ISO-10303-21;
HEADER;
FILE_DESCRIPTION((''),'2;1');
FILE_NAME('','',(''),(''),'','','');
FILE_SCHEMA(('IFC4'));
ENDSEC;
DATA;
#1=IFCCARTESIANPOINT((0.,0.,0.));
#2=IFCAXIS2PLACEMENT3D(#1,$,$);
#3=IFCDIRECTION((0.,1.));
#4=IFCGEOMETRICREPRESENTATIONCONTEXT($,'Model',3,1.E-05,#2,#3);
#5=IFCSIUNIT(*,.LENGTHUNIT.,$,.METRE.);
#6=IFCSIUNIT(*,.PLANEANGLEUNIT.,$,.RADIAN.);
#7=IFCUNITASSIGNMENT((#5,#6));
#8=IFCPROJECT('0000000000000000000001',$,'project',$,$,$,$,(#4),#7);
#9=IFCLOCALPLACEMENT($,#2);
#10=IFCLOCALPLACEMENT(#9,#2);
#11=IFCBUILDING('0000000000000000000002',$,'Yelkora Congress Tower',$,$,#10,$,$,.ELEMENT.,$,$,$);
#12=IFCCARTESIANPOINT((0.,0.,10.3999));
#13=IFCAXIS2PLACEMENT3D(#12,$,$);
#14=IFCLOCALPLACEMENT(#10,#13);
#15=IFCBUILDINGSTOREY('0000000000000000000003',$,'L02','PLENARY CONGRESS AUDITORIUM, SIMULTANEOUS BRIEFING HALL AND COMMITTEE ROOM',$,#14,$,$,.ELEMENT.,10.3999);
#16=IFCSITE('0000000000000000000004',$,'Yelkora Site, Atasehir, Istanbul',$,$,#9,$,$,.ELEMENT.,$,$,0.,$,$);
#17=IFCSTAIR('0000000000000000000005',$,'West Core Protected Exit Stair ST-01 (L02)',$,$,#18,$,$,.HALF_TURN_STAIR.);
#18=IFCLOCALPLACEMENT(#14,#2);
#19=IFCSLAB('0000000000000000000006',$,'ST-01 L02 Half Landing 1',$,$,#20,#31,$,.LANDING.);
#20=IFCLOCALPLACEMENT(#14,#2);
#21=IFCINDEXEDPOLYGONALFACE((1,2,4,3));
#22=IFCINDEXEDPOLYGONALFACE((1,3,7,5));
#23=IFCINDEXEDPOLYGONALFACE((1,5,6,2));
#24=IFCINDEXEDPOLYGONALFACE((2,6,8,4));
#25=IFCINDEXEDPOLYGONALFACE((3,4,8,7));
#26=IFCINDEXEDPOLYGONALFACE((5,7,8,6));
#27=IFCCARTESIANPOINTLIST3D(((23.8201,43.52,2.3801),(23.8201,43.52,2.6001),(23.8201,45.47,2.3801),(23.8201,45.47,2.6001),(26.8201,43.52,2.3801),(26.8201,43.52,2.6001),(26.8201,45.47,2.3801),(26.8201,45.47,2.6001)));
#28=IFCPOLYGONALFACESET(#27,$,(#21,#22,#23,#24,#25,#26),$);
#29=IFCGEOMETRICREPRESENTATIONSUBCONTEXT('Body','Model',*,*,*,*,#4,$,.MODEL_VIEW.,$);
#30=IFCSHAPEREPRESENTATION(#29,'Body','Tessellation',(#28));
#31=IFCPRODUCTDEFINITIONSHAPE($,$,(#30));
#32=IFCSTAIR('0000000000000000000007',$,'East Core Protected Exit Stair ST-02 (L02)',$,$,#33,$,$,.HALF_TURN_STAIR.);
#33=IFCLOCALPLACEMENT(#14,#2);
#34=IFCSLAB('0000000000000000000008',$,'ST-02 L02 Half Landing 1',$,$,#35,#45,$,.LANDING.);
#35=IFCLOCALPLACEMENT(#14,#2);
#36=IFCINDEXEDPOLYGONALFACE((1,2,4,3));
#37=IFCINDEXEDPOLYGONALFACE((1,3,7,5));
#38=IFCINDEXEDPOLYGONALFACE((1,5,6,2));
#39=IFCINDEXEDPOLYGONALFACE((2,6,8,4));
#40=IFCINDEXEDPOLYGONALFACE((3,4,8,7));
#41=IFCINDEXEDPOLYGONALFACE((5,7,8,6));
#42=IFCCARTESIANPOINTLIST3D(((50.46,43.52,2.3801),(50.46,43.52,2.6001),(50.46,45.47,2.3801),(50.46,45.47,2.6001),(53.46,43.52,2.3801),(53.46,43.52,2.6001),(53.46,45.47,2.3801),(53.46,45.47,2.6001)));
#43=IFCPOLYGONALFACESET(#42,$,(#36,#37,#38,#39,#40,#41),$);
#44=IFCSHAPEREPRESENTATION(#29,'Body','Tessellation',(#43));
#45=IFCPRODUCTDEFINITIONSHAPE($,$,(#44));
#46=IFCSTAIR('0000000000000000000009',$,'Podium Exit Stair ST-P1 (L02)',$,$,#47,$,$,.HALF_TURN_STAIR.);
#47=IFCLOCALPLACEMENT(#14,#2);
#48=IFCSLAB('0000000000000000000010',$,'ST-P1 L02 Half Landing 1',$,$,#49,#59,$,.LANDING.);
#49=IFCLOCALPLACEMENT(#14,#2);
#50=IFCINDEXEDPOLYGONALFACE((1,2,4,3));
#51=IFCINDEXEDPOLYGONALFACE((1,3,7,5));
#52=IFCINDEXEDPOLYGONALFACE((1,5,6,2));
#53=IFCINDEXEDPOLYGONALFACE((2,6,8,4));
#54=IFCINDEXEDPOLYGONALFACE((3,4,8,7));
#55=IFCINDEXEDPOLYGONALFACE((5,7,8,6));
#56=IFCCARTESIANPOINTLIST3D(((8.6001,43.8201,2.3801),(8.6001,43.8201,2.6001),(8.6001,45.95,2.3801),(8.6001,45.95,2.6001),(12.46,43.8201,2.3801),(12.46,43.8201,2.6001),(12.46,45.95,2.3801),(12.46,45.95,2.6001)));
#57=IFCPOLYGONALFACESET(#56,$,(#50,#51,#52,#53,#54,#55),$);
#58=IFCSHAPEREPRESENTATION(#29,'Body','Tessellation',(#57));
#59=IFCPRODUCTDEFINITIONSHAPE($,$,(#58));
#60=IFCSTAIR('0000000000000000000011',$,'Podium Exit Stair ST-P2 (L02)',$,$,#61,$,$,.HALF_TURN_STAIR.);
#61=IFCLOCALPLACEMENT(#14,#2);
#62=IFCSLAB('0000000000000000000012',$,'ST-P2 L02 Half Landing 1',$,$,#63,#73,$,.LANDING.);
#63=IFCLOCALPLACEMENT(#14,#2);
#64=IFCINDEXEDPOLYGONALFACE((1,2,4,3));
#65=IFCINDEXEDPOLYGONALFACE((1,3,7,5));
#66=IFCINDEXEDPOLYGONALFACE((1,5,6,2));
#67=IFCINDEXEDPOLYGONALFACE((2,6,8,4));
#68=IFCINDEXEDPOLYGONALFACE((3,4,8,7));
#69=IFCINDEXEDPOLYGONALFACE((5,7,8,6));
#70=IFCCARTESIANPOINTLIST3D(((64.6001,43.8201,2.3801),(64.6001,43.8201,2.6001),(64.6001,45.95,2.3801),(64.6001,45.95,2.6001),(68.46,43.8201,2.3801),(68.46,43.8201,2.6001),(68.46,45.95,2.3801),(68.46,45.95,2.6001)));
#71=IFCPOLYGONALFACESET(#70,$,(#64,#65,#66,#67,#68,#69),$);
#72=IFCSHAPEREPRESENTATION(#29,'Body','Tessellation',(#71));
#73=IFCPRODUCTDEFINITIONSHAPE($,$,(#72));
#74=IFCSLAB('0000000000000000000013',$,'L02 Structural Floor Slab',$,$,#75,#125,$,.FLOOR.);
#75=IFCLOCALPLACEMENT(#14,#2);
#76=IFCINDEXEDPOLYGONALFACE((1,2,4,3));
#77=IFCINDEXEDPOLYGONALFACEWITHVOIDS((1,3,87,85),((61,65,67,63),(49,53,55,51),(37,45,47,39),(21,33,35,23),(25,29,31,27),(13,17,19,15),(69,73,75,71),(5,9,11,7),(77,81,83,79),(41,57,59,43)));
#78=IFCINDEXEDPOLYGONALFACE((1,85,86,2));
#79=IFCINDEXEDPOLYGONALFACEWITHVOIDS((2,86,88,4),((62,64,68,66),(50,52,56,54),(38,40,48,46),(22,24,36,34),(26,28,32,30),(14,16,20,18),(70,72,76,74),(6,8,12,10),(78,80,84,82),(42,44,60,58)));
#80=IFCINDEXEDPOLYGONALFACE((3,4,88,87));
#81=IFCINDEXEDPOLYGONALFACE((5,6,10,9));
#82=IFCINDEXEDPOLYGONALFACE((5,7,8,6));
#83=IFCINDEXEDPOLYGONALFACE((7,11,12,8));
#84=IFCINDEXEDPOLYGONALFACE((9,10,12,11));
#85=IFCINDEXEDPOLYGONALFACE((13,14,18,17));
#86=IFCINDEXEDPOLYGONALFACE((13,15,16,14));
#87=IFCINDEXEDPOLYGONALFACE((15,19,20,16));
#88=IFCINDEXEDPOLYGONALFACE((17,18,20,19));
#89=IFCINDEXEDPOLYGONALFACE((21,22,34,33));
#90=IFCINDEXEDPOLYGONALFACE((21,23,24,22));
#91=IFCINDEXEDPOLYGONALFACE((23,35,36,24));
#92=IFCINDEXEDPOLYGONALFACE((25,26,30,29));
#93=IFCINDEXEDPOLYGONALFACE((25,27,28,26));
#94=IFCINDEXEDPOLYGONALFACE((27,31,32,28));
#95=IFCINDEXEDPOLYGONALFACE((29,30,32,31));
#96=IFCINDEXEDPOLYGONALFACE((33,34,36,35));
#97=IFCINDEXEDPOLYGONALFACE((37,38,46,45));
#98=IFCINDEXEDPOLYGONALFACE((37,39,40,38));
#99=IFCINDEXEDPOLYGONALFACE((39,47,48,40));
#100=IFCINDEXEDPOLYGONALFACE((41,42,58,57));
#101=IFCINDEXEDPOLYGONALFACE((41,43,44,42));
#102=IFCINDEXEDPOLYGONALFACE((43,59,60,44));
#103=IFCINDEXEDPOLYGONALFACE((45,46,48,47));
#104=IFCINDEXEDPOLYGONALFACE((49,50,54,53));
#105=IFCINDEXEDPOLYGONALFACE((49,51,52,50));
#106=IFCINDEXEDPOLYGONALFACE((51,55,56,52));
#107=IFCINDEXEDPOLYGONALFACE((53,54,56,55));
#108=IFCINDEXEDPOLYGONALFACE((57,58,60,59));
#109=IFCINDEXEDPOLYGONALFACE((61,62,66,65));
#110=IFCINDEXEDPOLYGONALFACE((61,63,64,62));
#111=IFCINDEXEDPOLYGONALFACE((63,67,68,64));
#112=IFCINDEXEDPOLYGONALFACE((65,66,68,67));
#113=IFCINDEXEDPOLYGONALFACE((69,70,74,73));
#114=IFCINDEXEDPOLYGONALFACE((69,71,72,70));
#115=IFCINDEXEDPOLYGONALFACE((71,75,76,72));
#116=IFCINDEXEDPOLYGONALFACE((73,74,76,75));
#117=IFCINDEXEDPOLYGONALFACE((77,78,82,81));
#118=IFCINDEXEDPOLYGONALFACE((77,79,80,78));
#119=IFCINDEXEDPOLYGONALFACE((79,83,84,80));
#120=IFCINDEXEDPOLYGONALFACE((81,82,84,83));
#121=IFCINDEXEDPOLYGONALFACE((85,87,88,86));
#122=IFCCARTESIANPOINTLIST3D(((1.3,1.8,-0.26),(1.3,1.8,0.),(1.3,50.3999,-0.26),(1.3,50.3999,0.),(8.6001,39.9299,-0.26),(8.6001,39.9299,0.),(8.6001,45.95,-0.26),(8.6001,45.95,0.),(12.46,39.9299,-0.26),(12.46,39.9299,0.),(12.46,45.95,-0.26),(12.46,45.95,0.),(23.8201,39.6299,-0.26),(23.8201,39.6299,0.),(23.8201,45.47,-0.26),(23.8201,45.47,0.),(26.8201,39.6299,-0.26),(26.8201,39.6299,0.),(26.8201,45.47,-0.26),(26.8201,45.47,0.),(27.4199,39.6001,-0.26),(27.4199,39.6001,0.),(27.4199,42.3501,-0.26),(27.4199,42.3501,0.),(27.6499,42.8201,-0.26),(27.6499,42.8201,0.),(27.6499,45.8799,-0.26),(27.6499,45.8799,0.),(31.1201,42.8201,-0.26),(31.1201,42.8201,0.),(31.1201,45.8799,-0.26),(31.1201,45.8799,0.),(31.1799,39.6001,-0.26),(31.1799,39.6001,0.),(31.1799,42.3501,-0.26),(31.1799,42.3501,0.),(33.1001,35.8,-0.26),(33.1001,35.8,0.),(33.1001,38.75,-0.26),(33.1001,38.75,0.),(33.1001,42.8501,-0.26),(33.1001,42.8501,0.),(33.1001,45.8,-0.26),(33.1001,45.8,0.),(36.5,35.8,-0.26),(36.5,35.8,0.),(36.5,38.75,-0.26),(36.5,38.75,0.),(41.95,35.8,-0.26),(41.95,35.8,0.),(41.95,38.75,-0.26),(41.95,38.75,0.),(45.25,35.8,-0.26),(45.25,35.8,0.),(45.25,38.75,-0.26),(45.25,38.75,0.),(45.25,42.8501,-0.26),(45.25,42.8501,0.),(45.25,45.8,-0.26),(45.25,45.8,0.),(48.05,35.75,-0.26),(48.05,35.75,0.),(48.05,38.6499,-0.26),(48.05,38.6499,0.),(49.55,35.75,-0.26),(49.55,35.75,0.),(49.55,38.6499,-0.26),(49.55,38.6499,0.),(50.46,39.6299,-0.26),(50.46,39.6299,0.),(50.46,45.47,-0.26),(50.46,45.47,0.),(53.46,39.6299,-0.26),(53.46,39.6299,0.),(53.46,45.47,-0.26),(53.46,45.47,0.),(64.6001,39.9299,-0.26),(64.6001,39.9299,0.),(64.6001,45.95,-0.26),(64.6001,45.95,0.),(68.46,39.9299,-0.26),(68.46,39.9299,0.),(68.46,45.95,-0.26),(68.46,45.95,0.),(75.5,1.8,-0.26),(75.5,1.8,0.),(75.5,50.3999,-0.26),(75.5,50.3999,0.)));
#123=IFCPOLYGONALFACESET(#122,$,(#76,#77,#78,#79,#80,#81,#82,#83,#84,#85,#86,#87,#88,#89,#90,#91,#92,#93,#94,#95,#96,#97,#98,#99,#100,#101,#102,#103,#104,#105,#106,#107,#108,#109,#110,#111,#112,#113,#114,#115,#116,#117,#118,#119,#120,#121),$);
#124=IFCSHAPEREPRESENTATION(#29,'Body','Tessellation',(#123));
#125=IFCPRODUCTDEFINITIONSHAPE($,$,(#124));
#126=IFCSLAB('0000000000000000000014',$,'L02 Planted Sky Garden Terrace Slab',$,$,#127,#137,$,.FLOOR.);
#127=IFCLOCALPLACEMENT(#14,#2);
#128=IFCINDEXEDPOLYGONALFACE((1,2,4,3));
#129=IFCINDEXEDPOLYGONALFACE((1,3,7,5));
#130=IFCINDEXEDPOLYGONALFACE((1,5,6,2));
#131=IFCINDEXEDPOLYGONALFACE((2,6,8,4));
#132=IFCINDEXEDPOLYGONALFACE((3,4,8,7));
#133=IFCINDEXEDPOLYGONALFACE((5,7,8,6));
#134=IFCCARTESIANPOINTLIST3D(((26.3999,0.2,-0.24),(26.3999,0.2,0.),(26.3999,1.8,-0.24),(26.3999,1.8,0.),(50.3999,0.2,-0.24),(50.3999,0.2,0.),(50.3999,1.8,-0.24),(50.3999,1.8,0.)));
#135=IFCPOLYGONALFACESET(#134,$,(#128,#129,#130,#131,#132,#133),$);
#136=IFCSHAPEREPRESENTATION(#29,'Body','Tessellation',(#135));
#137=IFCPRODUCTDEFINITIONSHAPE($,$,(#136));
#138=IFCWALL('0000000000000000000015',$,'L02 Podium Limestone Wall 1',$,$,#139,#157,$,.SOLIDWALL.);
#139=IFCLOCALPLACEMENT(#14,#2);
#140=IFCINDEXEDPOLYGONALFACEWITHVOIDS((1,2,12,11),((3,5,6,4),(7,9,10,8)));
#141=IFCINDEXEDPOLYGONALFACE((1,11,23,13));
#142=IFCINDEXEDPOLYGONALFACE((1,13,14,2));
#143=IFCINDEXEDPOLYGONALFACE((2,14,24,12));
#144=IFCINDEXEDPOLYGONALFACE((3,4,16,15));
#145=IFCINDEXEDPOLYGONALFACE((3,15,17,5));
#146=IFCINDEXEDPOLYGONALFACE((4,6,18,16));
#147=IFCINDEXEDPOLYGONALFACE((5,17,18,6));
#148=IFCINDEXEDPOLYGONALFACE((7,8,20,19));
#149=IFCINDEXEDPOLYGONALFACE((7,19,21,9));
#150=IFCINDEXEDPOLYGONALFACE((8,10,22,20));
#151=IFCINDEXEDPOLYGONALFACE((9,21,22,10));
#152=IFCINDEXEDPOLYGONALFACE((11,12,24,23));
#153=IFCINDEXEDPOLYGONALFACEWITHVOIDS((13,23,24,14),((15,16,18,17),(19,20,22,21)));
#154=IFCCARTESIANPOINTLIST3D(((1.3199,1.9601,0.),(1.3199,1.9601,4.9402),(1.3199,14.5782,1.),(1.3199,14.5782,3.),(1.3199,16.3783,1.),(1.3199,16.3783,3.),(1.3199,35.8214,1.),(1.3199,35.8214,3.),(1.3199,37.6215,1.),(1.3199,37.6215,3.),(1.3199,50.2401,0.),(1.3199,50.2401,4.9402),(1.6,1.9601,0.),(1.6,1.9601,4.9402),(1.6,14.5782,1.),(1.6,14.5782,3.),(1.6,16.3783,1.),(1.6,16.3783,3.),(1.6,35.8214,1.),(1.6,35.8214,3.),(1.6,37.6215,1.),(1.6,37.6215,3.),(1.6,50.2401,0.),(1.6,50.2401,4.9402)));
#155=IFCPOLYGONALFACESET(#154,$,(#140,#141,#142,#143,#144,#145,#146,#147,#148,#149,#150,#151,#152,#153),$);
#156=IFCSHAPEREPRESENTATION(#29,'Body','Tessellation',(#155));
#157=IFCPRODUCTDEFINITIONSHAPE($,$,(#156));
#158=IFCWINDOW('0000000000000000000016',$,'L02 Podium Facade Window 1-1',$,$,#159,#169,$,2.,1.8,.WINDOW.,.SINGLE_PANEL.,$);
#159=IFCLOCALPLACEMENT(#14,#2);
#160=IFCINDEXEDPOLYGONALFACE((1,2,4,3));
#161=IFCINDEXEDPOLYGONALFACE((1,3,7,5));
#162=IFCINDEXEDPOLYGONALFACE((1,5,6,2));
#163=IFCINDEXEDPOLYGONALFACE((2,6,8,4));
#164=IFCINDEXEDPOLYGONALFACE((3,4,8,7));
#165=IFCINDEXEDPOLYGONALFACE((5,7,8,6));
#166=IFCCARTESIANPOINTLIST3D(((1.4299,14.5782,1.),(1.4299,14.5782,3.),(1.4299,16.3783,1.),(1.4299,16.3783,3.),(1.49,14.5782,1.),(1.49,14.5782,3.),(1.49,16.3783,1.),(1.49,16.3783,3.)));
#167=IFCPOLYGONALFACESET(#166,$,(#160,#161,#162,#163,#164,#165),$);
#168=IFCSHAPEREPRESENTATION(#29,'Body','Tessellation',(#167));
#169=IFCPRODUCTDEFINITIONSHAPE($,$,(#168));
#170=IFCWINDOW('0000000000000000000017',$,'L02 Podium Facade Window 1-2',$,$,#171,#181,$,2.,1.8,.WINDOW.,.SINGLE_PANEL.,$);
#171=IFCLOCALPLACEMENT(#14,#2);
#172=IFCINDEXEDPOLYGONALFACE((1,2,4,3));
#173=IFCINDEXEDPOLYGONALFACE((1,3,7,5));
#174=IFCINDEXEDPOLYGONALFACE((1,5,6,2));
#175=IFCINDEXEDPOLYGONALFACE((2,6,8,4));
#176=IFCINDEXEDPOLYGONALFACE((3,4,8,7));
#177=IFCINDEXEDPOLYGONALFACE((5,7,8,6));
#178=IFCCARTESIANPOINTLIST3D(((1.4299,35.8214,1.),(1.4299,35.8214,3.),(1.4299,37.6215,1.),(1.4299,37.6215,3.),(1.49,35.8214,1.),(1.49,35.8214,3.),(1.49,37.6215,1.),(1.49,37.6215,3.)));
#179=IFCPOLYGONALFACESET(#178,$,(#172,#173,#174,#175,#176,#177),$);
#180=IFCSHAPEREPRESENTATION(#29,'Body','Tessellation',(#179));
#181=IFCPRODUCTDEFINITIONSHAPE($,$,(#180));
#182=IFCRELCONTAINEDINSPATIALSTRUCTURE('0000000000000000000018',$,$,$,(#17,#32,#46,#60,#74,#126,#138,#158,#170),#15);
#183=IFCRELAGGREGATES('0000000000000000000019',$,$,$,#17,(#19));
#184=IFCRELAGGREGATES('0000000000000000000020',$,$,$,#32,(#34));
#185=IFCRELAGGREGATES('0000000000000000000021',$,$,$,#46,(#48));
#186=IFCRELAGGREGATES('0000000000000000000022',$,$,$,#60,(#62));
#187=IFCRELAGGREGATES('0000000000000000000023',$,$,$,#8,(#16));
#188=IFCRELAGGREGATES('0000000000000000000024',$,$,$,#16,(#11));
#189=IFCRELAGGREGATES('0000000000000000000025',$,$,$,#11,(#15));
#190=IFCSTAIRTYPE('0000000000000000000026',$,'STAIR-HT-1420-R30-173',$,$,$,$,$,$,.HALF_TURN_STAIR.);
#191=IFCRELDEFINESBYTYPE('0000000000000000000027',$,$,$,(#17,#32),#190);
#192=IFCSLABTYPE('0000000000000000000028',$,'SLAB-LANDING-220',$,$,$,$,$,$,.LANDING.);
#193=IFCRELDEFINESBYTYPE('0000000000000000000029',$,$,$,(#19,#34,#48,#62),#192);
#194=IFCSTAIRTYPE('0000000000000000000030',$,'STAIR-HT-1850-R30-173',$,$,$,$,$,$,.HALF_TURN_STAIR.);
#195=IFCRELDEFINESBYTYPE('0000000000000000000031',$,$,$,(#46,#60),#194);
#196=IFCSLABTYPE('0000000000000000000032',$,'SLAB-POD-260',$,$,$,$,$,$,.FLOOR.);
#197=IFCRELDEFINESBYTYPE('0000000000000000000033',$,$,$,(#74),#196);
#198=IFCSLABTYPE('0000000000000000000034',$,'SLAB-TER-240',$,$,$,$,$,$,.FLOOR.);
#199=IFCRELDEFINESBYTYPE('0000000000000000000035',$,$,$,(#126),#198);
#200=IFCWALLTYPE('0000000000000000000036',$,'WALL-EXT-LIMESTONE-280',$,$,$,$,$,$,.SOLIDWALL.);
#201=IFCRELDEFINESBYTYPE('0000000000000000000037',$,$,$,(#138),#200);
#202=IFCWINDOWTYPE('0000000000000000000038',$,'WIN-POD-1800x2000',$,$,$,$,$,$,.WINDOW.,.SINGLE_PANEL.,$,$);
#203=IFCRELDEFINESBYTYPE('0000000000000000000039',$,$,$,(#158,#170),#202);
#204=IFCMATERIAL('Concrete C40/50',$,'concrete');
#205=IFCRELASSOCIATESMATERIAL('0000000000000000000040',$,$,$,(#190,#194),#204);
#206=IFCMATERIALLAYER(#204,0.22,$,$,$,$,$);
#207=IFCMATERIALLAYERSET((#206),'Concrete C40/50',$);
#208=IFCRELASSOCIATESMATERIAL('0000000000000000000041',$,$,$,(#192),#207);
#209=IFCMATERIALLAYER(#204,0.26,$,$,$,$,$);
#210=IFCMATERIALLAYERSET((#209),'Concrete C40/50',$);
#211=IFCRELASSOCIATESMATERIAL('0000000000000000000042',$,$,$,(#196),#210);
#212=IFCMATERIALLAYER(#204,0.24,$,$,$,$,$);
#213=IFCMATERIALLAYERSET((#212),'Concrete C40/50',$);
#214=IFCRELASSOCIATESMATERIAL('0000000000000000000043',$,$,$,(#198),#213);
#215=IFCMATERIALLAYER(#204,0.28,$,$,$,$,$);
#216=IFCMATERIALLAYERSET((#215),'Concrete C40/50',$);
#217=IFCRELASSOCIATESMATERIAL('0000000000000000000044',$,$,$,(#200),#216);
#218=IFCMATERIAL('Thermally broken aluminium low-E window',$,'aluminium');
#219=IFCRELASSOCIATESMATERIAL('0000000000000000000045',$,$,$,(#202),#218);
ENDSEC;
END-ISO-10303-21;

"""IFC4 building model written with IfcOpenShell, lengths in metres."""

from ifc_helpers import new_model, si_unit, direction, frame, frame_2d, origin, place, context, subcontext, project, spatial, polyline, rectangle, outline, extrude, material, layer, layer_set, type_object, element, fill, aggregate, save


model = new_model("IFC4")

# Units and contexts
model_context = context("Model", 3, precision=1e-05, world=origin(), true_north=direction((0.0, 1.0)))
body_context = subcontext(model_context, "Body", "Model", "MODEL_VIEW")
ifc_project = project(units=[si_unit("LENGTHUNIT", "METRE"), si_unit("PLANEANGLEUNIT", "RADIAN")], contexts=[model_context])

# Site, building, storey
site_placement = place(None, origin())
site = spatial("IfcSite", under=ifc_project, at=site_placement, Name="Yelkora Site, Atasehir, Istanbul", CompositionType="ELEMENT", RefElevation=0.0)
building_placement = place(site_placement, origin())
building = spatial("IfcBuilding", under=site, at=building_placement, Name="Yelkora Congress Tower", CompositionType="ELEMENT")
storey_placement = place(building_placement, frame((0.0, 0.0, 10.3999)))
storey = spatial("IfcBuildingStorey", under=building, at=storey_placement, Name="L02", Description="PLENARY CONGRESS AUDITORIUM, SIMULTANEOUS BRIEFING HALL AND COMMITTEE ROOM", CompositionType="ELEMENT", Elevation=10.3999)

# Stairs, slabs
ifc_material_1 = material(Name="Concrete C40/50", Category="concrete")
stair_type_1 = type_object("IfcStairType", Name="STAIR-HT-1420-R30-173", PredefinedType="HALF_TURN_STAIR", material=ifc_material_1)
stair_1_placement = place(storey_placement, origin())
stair_1 = element("IfcStair", 1, at=stair_1_placement, inside=storey, type_object=stair_type_1, Name="West Core Protected Exit Stair ST-01 (L02)", PredefinedType="HALF_TURN_STAIR")
ifc_layer_1 = layer(ifc_material_1, 0.22)
ifc_layer_set_1 = layer_set([ifc_layer_1], Name="Concrete C40/50")
slab_type_1 = type_object("IfcSlabType", Name="SLAB-LANDING-220", PredefinedType="LANDING", material=ifc_layer_set_1)
slab_1_placement = place(storey_placement, frame((0.0, 0.0, 2.3801)))
slab_1 = element("IfcSlab", 2, at=slab_1_placement, type_object=slab_type_1, Name="ST-01 L02 Half Landing 1", PredefinedType="LANDING", context=body_context, shape_type="SweptSolid", body=[
    extrude(outline(polyline([(26.8201, 43.52), (26.8201, 45.47), (23.8201, 45.47), (23.8201, 43.52), (26.8201, 43.52)])), origin(), (0.0, 0.0, 1.0), 0.22),
])
aggregate(stair_1, [slab_1])
stair_2_placement = place(storey_placement, origin())
stair_2 = element("IfcStair", 3, at=stair_2_placement, inside=storey, type_object=stair_type_1, Name="East Core Protected Exit Stair ST-02 (L02)", PredefinedType="HALF_TURN_STAIR")
slab_2_placement = place(storey_placement, frame((0.0, 0.0, 2.3801)))
slab_2 = element("IfcSlab", 4, at=slab_2_placement, type_object=slab_type_1, Name="ST-02 L02 Half Landing 1", PredefinedType="LANDING", context=body_context, shape_type="SweptSolid", body=[
    extrude(outline(polyline([(53.46, 43.52), (53.46, 45.47), (50.46, 45.47), (50.46, 43.52), (53.46, 43.52)])), origin(), (0.0, 0.0, 1.0), 0.22),
])
aggregate(stair_2, [slab_2])
stair_type_2 = type_object("IfcStairType", Name="STAIR-HT-1850-R30-173", PredefinedType="HALF_TURN_STAIR", material=ifc_material_1)
stair_3_placement = place(storey_placement, origin())
stair_3 = element("IfcStair", 5, at=stair_3_placement, inside=storey, type_object=stair_type_2, Name="Podium Exit Stair ST-P1 (L02)", PredefinedType="HALF_TURN_STAIR")
slab_3_placement = place(storey_placement, frame((0.0, 0.0, 2.3801)))
slab_3 = element("IfcSlab", 6, at=slab_3_placement, type_object=slab_type_1, Name="ST-P1 L02 Half Landing 1", PredefinedType="LANDING", context=body_context, shape_type="SweptSolid", body=[
    extrude(outline(polyline([(12.46, 43.8201), (12.46, 45.95), (8.6001, 45.95), (8.6001, 43.8201), (12.46, 43.8201)])), origin(), (0.0, 0.0, 1.0), 0.22),
])
aggregate(stair_3, [slab_3])
stair_4_placement = place(storey_placement, origin())
stair_4 = element("IfcStair", 7, at=stair_4_placement, inside=storey, type_object=stair_type_2, Name="Podium Exit Stair ST-P2 (L02)", PredefinedType="HALF_TURN_STAIR")
slab_4_placement = place(storey_placement, frame((0.0, 0.0, 2.3801)))
slab_4 = element("IfcSlab", 8, at=slab_4_placement, type_object=slab_type_1, Name="ST-P2 L02 Half Landing 1", PredefinedType="LANDING", context=body_context, shape_type="SweptSolid", body=[
    extrude(outline(polyline([(68.46, 43.8201), (68.46, 45.95), (64.6001, 45.95), (64.6001, 43.8201), (68.46, 43.8201)])), origin(), (0.0, 0.0, 1.0), 0.22),
])
aggregate(stair_4, [slab_4])

# Slabs
ifc_layer_2 = layer(ifc_material_1, 0.26)
ifc_layer_set_2 = layer_set([ifc_layer_2], Name="Concrete C40/50")
slab_type_2 = type_object("IfcSlabType", Name="SLAB-POD-260", PredefinedType="FLOOR", material=ifc_layer_set_2)
slab_5_placement = place(storey_placement, frame((0.0, 0.0, -0.26)))
element("IfcSlab", 9, at=slab_5_placement, inside=storey, type_object=slab_type_2, Name="L02 Structural Floor Slab", PredefinedType="FLOOR", context=body_context, shape_type="SweptSolid", body=[
    extrude(outline(polyline([(1.3, 1.8), (75.5, 1.8), (75.5, 50.3999), (1.3, 50.3999), (1.3, 1.8)]), holes=[polyline([(23.8201, 39.6299), (26.8201, 39.6299), (26.8201, 45.47), (23.8201, 45.47), (23.8201, 39.6299)]), polyline([(50.46, 39.6299), (53.46, 39.6299), (53.46, 45.47), (50.46, 45.47), (50.46, 39.6299)]), polyline([(8.6001, 39.9299), (12.46, 39.9299), (12.46, 45.95), (8.6001, 45.95), (8.6001, 39.9299)]), polyline([(64.6001, 39.9299), (68.46, 39.9299), (68.46, 45.95), (64.6001, 45.95), (64.6001, 39.9299)]), polyline([(48.05, 35.75), (49.55, 35.75), (49.55, 38.6499), (48.05, 38.6499), (48.05, 35.75)]), polyline([(41.95, 35.8), (45.25, 35.8), (45.25, 38.75), (41.95, 38.75), (41.95, 35.8)]), polyline([(33.1001, 42.8501), (45.25, 42.8501), (45.25, 45.8), (33.1001, 45.8), (33.1001, 42.8501)]), polyline([(33.1001, 35.8), (36.5, 35.8), (36.5, 38.75), (33.1001, 38.75), (33.1001, 35.8)]), polyline([(27.4199, 39.6001), (31.1799, 39.6001), (31.1799, 42.3501), (27.4199, 42.3501), (27.4199, 39.6001)]), polyline([(27.6499, 42.8201), (31.1201, 42.8201), (31.1201, 45.8799), (27.6499, 45.8799), (27.6499, 42.8201)])]), origin(), (0.0, 0.0, 1.0), 0.26),
])
ifc_layer_3 = layer(ifc_material_1, 0.24)
ifc_layer_set_3 = layer_set([ifc_layer_3], Name="Concrete C40/50")
slab_type_3 = type_object("IfcSlabType", Name="SLAB-TER-240", PredefinedType="FLOOR", material=ifc_layer_set_3)
slab_6_placement = place(storey_placement, frame((0.0, 0.0, -0.24)))
element("IfcSlab", 10, at=slab_6_placement, inside=storey, type_object=slab_type_3, Name="L02 Planted Sky Garden Terrace Slab", PredefinedType="FLOOR", context=body_context, shape_type="SweptSolid", body=[
    extrude(outline(polyline([(26.3999, 0.2), (26.3999, 1.8), (50.3999, 1.8), (50.3999, 0.2), (26.3999, 0.2)])), origin(), (0.0, 0.0, 1.0), 0.24),
])

# Wall, openings, windows
ifc_layer_4 = layer(ifc_material_1, 0.28)
ifc_layer_set_4 = layer_set([ifc_layer_4], Name="Concrete C40/50")
wall_type = type_object("IfcWallType", Name="WALL-EXT-LIMESTONE-280", PredefinedType="SOLIDWALL", material=ifc_layer_set_4)
wall_placement = place(storey_placement, frame((1.46, 1.96, 0.0), z_axis=(0.0, 0.0, 1.0), x_axis=(0.0, 1.0, 0.0)))
wall = element("IfcWall", 11, at=wall_placement, inside=storey, type_object=wall_type, Name="L02 Podium Limestone Wall 1", PredefinedType="SOLIDWALL", context=body_context, shape_type="SweptSolid", body=[
    extrude(rectangle(XDim=48.28, YDim=0.28, at=frame_2d((24.1401, 0.0))), origin(), (0.0, 0.0, 1.0), 4.9402),
])
opening_1_placement = place(wall_placement, frame((12.6184, 0.0, 1.0)))
opening_1 = element("IfcOpeningElement", 12, at=opening_1_placement, cuts=wall, PredefinedType="OPENING", context=body_context, shape_type="SweptSolid", body=[
    extrude(rectangle(XDim=1.8, YDim=2.0, at=frame_2d((0.8999, 1.0))), frame((0.0, 0.1499, 0.0), z_axis=(0.0, -1.0, 0.0), x_axis=(1.0, 0.0, 0.0)), (0.0, 0.0, 1.0), 0.3),
])
opening_2_placement = place(wall_placement, frame((33.8616, 0.0, 1.0)))
opening_2 = element("IfcOpeningElement", 13, at=opening_2_placement, cuts=wall, PredefinedType="OPENING", context=body_context, shape_type="SweptSolid", body=[
    extrude(rectangle(XDim=1.8, YDim=2.0, at=frame_2d((0.8999, 1.0))), frame((0.0, 0.1499, 0.0), z_axis=(0.0, -1.0, 0.0), x_axis=(1.0, 0.0, 0.0)), (0.0, 0.0, 1.0), 0.3),
])
ifc_material_2 = material(Name="Thermally broken aluminium low-E window", Category="aluminium")
window_type = type_object("IfcWindowType", Name="WIN-POD-1800x2000", PartitioningType="SINGLE_PANEL", PredefinedType="WINDOW", material=ifc_material_2)
window_1_placement = place(opening_1_placement, origin())
window_1 = element("IfcWindow", 14, at=window_1_placement, inside=storey, type_object=window_type, Name="L02 Podium Facade Window 1-1", OverallHeight=2.0, OverallWidth=1.8, PartitioningType="SINGLE_PANEL", PredefinedType="WINDOW", context=body_context, shape_type="SweptSolid", body=[
    extrude(rectangle(XDim=1.8, YDim=2.0, at=frame_2d((0.8999, 1.0))), frame((0.0, 0.03, 0.0), z_axis=(0.0, -1.0, 0.0), x_axis=(1.0, 0.0, 0.0)), (0.0, 0.0, 1.0), 0.0601),
])
fill(opening_1, window_1)
window_2_placement = place(opening_2_placement, origin())
window_2 = element("IfcWindow", 15, at=window_2_placement, inside=storey, type_object=window_type, Name="L02 Podium Facade Window 1-2", OverallHeight=2.0, OverallWidth=1.8, PartitioningType="SINGLE_PANEL", PredefinedType="WINDOW", context=body_context, shape_type="SweptSolid", body=[
    extrude(rectangle(XDim=1.8, YDim=2.0, at=frame_2d((0.8999, 1.0))), frame((0.0, 0.03, 0.0), z_axis=(0.0, -1.0, 0.0), x_axis=(1.0, 0.0, 0.0)), (0.0, 0.0, 1.0), 0.0601),
])
fill(opening_2, window_2)

save(model, "model.ifc")
